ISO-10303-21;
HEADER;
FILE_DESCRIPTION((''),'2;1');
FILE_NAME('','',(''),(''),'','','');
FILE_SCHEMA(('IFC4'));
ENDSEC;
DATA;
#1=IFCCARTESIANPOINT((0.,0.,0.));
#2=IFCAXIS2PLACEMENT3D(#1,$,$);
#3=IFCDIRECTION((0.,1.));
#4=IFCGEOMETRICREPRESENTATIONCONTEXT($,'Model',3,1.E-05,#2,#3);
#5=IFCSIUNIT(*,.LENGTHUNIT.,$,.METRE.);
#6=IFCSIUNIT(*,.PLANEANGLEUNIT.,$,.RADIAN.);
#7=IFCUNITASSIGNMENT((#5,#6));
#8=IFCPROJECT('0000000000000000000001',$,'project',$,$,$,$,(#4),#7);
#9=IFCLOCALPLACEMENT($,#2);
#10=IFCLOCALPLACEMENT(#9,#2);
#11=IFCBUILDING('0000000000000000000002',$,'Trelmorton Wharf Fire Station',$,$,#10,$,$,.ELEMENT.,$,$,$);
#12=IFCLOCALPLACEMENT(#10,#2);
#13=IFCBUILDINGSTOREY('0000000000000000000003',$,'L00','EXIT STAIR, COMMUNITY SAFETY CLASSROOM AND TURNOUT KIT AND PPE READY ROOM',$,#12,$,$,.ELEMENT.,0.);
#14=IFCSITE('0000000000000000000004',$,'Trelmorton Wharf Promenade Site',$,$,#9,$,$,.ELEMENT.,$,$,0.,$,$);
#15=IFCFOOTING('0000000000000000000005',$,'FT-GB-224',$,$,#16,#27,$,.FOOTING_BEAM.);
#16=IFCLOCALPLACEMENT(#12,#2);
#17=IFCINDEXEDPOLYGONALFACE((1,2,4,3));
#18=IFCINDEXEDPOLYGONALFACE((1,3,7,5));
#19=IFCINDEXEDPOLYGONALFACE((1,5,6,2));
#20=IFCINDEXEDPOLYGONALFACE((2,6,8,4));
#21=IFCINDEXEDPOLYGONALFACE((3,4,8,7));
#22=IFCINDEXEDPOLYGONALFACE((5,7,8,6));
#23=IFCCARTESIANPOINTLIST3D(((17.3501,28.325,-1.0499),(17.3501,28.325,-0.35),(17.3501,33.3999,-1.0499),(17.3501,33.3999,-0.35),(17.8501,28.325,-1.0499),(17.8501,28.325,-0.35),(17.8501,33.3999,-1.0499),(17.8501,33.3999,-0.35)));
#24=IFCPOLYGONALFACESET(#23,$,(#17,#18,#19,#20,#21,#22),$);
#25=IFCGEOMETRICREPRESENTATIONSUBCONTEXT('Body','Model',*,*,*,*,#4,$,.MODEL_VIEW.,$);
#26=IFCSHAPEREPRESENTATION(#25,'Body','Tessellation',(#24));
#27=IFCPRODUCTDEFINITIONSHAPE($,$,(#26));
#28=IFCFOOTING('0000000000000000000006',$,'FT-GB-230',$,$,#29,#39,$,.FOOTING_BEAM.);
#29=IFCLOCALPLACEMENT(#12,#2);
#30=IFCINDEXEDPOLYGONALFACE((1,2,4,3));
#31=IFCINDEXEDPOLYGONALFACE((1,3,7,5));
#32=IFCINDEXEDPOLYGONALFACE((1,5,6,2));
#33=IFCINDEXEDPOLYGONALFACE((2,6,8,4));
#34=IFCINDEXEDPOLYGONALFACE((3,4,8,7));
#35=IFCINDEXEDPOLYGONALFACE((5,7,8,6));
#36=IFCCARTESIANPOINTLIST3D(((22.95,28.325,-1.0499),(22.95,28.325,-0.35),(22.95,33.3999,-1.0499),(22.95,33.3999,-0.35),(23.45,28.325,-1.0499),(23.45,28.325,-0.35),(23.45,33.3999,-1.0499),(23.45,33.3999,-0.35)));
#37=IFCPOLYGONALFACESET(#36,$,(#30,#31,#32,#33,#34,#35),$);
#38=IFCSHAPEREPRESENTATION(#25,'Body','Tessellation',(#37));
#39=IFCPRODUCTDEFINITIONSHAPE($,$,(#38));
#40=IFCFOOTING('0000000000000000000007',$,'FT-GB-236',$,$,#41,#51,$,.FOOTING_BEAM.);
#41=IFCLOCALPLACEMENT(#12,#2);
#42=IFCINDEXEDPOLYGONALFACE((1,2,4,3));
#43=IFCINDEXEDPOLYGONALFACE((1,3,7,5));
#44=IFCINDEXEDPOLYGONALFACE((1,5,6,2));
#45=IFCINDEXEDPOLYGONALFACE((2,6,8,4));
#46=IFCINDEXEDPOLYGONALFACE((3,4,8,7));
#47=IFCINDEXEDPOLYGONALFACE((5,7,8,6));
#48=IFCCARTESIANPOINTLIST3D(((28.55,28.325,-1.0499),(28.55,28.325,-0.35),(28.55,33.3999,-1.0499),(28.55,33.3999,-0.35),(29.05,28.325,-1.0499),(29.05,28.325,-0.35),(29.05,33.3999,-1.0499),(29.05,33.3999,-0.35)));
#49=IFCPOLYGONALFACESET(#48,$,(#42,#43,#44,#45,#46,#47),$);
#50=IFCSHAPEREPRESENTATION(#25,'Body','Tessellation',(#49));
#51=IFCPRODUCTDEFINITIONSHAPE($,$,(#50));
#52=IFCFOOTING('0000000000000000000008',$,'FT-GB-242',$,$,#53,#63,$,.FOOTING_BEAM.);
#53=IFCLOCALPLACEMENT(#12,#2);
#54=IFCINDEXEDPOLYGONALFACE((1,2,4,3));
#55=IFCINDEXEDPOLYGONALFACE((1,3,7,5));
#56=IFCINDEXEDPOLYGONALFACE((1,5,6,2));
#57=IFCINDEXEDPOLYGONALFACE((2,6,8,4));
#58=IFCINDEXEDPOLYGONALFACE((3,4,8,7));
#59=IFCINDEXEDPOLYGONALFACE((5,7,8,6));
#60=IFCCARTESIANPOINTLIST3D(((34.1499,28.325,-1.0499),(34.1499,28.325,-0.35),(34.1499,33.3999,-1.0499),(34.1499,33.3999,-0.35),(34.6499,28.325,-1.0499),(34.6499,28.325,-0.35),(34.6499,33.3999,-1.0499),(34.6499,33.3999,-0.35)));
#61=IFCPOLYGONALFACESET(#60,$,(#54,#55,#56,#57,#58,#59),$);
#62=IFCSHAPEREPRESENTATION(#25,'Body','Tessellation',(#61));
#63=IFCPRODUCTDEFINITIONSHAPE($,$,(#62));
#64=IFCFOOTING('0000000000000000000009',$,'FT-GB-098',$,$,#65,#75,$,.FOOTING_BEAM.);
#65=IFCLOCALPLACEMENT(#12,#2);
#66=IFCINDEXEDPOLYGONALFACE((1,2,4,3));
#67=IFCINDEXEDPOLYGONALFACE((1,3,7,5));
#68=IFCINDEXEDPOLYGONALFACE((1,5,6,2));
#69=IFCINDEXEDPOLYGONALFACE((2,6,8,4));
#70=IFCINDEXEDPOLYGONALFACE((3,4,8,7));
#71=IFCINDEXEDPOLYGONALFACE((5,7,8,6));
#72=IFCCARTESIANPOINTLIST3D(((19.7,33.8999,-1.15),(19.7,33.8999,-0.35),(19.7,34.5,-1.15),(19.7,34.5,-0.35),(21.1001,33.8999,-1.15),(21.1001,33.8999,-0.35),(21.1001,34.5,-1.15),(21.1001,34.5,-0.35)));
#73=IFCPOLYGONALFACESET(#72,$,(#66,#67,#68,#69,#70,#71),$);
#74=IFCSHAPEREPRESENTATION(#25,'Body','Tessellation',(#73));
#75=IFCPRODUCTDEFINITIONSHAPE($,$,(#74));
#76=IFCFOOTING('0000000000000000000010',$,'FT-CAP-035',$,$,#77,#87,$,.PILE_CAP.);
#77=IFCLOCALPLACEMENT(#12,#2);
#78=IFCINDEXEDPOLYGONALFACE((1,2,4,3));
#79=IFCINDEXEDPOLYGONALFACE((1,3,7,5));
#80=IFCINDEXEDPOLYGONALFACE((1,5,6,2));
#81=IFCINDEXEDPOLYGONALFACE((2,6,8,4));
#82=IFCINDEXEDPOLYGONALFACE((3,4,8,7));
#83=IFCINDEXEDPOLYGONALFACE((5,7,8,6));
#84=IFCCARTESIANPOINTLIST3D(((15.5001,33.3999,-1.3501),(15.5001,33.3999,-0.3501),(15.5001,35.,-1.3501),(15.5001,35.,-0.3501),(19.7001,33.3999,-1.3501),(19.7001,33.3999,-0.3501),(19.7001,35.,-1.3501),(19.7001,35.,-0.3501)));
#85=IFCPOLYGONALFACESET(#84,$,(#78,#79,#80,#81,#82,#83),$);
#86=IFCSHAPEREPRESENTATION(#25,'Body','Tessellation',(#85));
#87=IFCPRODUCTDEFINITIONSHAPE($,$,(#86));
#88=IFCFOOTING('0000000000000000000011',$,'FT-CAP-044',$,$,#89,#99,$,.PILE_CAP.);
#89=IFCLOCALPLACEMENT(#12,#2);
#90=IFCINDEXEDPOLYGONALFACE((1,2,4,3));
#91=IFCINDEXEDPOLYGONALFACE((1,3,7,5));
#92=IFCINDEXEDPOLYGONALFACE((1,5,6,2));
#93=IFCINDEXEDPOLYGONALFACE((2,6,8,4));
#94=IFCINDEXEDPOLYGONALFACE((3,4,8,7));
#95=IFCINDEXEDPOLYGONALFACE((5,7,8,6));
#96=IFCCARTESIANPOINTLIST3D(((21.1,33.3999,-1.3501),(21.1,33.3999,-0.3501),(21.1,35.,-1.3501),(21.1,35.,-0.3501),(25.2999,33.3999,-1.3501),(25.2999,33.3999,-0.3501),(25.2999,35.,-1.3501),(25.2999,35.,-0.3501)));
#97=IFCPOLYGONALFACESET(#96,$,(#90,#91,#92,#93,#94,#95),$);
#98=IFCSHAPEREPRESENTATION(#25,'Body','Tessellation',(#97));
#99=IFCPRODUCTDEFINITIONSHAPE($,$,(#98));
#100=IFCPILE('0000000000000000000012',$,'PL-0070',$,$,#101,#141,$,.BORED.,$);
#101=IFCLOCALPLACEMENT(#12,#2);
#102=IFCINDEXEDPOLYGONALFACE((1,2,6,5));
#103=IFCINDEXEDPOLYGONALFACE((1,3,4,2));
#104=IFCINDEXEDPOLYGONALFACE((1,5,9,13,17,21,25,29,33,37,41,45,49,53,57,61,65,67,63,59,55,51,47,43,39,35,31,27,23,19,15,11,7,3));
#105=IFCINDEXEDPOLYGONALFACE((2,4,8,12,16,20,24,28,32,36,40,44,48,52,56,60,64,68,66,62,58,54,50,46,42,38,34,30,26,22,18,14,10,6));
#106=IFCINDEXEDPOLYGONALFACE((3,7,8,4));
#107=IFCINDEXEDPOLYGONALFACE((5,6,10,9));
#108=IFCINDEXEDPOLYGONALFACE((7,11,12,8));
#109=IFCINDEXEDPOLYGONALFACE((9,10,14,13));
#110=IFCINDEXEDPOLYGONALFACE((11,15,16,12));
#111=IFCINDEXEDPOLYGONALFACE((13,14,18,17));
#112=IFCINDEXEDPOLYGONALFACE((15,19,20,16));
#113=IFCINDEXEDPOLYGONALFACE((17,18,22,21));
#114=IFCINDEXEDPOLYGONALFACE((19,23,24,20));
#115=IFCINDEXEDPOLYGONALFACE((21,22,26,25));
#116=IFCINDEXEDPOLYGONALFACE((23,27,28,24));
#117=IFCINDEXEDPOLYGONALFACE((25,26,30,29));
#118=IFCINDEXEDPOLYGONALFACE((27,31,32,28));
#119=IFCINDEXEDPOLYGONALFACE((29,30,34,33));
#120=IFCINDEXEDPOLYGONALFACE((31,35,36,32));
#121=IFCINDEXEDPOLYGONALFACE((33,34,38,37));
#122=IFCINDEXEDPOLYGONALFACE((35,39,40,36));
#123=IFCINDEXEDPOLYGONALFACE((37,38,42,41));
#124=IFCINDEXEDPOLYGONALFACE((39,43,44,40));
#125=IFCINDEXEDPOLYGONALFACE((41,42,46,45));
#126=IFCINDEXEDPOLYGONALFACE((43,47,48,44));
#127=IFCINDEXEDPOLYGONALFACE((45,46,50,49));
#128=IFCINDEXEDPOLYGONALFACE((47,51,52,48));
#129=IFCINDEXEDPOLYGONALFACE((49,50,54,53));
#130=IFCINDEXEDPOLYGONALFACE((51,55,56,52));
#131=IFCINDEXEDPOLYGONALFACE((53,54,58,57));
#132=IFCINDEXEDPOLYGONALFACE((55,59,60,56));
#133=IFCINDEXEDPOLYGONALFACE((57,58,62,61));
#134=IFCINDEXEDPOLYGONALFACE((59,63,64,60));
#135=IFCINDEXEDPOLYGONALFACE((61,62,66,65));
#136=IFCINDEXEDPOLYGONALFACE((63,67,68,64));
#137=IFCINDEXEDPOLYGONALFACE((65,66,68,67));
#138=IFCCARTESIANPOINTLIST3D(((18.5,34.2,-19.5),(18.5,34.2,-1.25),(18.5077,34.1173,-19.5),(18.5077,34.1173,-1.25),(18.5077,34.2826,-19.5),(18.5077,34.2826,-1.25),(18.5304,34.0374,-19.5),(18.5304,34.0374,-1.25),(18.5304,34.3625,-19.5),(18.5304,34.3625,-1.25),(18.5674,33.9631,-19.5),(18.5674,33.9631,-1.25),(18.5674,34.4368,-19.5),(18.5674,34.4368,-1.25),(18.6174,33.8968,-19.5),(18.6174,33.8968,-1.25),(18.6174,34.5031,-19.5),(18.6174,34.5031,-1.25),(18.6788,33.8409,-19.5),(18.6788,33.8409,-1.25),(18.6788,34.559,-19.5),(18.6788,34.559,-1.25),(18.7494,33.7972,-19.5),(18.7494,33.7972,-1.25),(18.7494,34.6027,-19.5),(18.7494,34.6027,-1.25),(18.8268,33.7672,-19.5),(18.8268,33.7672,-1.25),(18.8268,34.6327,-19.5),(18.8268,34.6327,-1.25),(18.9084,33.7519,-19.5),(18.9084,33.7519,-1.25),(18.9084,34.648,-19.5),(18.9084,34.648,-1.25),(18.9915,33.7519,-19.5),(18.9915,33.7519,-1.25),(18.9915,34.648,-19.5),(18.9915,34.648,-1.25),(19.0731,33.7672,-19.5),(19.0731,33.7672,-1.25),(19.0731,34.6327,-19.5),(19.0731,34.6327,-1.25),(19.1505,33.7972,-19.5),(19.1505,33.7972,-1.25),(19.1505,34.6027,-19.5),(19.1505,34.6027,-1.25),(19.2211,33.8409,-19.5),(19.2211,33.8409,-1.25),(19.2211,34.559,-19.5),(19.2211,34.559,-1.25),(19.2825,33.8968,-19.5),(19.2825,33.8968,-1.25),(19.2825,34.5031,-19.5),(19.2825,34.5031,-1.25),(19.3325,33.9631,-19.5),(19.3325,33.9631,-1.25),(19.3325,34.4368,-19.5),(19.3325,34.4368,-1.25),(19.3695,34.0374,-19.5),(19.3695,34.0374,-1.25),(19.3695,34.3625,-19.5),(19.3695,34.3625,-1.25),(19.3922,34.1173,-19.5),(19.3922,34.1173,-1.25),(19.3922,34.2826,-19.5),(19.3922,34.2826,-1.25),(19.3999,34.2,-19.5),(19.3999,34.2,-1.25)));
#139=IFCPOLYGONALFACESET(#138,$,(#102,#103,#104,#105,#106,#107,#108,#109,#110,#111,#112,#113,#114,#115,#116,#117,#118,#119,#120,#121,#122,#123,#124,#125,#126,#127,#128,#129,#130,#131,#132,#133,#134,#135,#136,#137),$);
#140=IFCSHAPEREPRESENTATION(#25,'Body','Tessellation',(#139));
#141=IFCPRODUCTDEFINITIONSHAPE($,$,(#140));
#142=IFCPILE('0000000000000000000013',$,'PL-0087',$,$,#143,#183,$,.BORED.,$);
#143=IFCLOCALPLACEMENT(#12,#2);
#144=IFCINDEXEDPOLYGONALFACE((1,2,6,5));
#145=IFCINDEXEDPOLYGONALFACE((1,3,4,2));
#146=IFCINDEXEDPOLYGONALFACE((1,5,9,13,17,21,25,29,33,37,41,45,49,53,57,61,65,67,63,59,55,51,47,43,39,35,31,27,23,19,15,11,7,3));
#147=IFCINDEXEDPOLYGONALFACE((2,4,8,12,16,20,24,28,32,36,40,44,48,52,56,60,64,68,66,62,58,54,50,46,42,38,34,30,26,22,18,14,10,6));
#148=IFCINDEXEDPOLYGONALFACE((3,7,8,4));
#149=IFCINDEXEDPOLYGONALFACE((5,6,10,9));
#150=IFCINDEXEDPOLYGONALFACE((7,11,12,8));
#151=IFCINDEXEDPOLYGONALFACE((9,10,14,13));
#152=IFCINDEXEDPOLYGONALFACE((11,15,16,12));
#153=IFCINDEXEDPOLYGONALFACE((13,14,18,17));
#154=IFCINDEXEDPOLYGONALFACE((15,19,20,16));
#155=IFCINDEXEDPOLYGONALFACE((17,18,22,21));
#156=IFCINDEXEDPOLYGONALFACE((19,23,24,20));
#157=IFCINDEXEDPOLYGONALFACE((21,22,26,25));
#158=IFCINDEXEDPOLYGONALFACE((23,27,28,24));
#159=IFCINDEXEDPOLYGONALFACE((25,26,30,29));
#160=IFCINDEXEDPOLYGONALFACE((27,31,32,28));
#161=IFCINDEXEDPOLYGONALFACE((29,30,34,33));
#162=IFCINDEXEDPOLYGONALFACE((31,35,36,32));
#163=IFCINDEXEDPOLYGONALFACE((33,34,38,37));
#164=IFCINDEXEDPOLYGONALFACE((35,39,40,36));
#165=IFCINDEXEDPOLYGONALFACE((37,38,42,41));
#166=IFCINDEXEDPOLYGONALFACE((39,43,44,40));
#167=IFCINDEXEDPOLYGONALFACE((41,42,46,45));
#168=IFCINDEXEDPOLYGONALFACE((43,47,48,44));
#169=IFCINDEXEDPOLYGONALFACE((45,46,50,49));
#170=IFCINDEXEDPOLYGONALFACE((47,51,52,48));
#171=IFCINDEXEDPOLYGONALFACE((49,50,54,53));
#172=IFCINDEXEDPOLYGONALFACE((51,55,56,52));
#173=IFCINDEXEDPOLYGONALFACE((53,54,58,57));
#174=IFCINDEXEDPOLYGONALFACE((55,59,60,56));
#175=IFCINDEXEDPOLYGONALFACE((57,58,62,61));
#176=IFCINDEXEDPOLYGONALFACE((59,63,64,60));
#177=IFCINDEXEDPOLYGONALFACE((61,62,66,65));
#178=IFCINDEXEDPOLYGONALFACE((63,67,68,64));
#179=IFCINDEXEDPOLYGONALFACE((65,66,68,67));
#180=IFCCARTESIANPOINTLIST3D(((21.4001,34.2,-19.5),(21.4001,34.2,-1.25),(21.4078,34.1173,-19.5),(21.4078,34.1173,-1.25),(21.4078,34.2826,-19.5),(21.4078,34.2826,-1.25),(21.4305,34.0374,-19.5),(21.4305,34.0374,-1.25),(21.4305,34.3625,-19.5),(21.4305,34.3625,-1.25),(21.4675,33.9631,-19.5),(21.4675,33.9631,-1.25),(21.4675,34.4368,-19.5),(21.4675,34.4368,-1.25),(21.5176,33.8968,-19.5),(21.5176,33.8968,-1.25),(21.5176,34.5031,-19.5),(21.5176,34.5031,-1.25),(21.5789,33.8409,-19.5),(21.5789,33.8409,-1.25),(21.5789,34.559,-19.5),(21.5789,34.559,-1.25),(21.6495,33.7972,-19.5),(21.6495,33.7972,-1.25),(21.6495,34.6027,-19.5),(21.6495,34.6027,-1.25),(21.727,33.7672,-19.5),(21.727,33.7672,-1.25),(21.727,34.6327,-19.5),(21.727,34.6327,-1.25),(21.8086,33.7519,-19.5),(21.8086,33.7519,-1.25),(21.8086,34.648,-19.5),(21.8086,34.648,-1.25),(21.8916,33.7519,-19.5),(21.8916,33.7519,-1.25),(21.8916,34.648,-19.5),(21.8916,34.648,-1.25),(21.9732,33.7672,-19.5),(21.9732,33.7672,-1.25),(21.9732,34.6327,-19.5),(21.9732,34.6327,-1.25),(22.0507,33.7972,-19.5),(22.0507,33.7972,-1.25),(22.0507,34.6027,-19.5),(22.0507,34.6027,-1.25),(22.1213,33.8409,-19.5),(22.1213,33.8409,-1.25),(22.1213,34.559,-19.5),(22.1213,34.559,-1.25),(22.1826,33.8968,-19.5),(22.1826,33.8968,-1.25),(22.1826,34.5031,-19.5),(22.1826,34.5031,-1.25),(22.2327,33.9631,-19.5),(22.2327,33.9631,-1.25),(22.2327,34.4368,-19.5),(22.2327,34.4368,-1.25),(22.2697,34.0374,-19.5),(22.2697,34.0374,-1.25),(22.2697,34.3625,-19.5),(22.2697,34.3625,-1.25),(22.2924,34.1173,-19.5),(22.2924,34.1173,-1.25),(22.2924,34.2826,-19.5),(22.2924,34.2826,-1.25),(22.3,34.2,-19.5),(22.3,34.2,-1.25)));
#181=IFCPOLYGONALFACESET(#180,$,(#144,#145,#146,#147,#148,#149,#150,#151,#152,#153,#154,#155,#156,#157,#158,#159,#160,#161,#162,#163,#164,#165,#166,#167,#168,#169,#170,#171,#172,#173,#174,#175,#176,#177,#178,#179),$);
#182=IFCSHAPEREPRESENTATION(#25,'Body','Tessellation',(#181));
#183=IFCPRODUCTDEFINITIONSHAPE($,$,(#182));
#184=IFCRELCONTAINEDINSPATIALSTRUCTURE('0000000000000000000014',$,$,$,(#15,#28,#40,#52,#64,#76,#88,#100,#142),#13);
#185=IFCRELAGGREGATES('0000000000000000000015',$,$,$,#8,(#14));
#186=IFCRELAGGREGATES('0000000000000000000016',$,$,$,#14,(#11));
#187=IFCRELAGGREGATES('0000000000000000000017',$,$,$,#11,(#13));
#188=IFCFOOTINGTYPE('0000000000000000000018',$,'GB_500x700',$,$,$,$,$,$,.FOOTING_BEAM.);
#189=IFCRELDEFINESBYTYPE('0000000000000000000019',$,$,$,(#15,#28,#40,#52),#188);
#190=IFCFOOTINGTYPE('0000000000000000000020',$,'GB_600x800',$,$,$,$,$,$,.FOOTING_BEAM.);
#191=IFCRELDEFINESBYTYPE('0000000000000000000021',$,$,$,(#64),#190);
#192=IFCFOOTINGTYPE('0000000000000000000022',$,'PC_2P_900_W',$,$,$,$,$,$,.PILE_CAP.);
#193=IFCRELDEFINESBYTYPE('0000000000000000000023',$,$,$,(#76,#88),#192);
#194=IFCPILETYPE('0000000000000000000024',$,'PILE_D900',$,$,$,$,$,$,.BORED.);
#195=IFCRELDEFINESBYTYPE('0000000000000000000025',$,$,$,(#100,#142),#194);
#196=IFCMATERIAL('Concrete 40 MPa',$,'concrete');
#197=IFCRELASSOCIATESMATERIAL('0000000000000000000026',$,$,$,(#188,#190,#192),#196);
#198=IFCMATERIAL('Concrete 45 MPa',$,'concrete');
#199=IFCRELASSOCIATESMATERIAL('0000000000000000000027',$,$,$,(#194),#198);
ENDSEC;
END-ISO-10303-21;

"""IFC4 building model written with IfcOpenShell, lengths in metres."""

from ifc_helpers import new_model, si_unit, direction, frame, origin, origin_2d, place, context, subcontext, project, spatial, rectangle, circle, extrude, material, material_profile, profile_set, type_object, element, save


model = new_model("IFC4")

# Units and contexts
model_context = context("Model", 3, precision=1e-05, world=origin(), true_north=direction((0.0, 1.0)))
body_context = subcontext(model_context, "Body", "Model", "MODEL_VIEW")
ifc_project = project(units=[si_unit("LENGTHUNIT", "METRE"), si_unit("PLANEANGLEUNIT", "RADIAN")], contexts=[model_context])

# Site, building, storey
site_placement = place(None, origin())
site = spatial("IfcSite", under=ifc_project, at=site_placement, Name="Trelmorton Wharf Promenade Site", CompositionType="ELEMENT", RefElevation=0.0)
building_placement = place(site_placement, origin())
building = spatial("IfcBuilding", under=site, at=building_placement, Name="Trelmorton Wharf Fire Station", CompositionType="ELEMENT")
storey_placement = place(building_placement, origin())
storey = spatial("IfcBuildingStorey", under=building, at=storey_placement, Name="L00", Description="EXIT STAIR, COMMUNITY SAFETY CLASSROOM AND TURNOUT KIT AND PPE READY ROOM", CompositionType="ELEMENT", Elevation=0.0)

# Footings
ifc_material_1 = material(Name="Concrete 40 MPa", Category="concrete")
ifc_material_profile_1 = material_profile(ifc_material_1, rectangle(XDim=0.5, YDim=0.7, at=origin_2d()), Name="RC500x700")
ifc_profile_set_1 = profile_set([ifc_material_profile_1], Name="Concrete 40 MPa")
footing_type_1 = type_object("IfcFootingType", Name="GB_500x700", PredefinedType="FOOTING_BEAM", material=ifc_profile_set_1)
for number, where, z_axis, x_axis, name in (
    (1, (17.6001, 28.325, -0.7), (0.0, 1.0, 0.0), (-1.0, 0.0, 0.0), "FT-GB-224"),
    (2, (23.2, 28.325, -0.7), (0.0, 1.0, 0.0), (-1.0, 0.0, 0.0), "FT-GB-230"),
    (3, (28.8, 28.325, -0.7), (0.0, 1.0, 0.0), (-1.0, 0.0, 0.0), "FT-GB-236"),
    (4, (34.3999, 28.325, -0.7), (0.0, 1.0, 0.0), (-1.0, 0.0, 0.0), "FT-GB-242"),
):
    element("IfcFooting", number, at=place(storey_placement, frame(where, z_axis=z_axis, x_axis=x_axis)), inside=storey, type_object=footing_type_1, Name=name, PredefinedType="FOOTING_BEAM", context=body_context, shape_type="SweptSolid", body=[
        extrude(rectangle(XDim=0.5, YDim=0.7, at=origin_2d()), origin(), (0.0, 0.0, 1.0), 5.075),
    ])
ifc_material_profile_2 = material_profile(ifc_material_1, rectangle(XDim=0.6001, YDim=0.8, at=origin_2d()), Name="RC600x800")
ifc_profile_set_2 = profile_set([ifc_material_profile_2], Name="Concrete 40 MPa")
footing_type_2 = type_object("IfcFootingType", Name="GB_600x800", PredefinedType="FOOTING_BEAM", material=ifc_profile_set_2)
footing_placement = place(storey_placement, frame((19.7, 34.2, -0.75), z_axis=(1.0, 0.0, 0.0), x_axis=(0.0, 1.0, 0.0)))
element("IfcFooting", 5, at=footing_placement, inside=storey, type_object=footing_type_2, Name="FT-GB-098", PredefinedType="FOOTING_BEAM", context=body_context, shape_type="SweptSolid", body=[
    extrude(rectangle(XDim=0.6001, YDim=0.8, at=origin_2d()), origin(), (0.0, 0.0, 1.0), 1.4001),
])
footing_type_3 = type_object("IfcFootingType", Name="PC_2P_900_W", PredefinedType="PILE_CAP", material=ifc_material_1)
for number, where, z_axis, x_axis, name in (
    (6, (17.6001, 34.2, -1.3501), (0.0, 0.0, 1.0), (1.0, 0.0, 0.0), "FT-CAP-035"),
    (7, (23.2, 34.2, -1.3501), (0.0, 0.0, 1.0), (1.0, 0.0, 0.0), "FT-CAP-044"),
):
    element("IfcFooting", number, at=place(storey_placement, frame(where, z_axis=z_axis, x_axis=x_axis)), inside=storey, type_object=footing_type_3, Name=name, PredefinedType="PILE_CAP", context=body_context, shape_type="SweptSolid", body=[
        extrude(rectangle(XDim=4.2, YDim=1.6001, at=origin_2d()), origin(), (0.0, 0.0, 1.0), 1.0),
    ])

# Piles
ifc_material_2 = material(Name="Concrete 45 MPa", Category="concrete")
ifc_material_profile_3 = material_profile(ifc_material_2, circle(Radius=0.45, at=origin_2d()), Name="PILE-D900")
ifc_profile_set_3 = profile_set([ifc_material_profile_3], Name="Concrete 45 MPa")
pile_type = type_object("IfcPileType", Name="PILE_D900", PredefinedType="BORED", material=ifc_profile_set_3)
for number, where, z_axis, x_axis, name in (
    (8, (18.95, 34.2, -1.25), (0.0, 0.0, -1.0), (1.0, 0.0, 0.0), "PL-0070"),
    (9, (21.8501, 34.2, -1.25), (0.0, 0.0, -1.0), (1.0, 0.0, 0.0), "PL-0087"),
):
    element("IfcPile", number, at=place(storey_placement, frame(where, z_axis=z_axis, x_axis=x_axis)), inside=storey, type_object=pile_type, Name=name, PredefinedType="BORED", context=body_context, shape_type="SweptSolid", body=[
        extrude(circle(Radius=0.45, at=origin_2d()), origin(), (0.0, 0.0, 1.0), 18.25),
    ])

save(model, "model.ifc")
